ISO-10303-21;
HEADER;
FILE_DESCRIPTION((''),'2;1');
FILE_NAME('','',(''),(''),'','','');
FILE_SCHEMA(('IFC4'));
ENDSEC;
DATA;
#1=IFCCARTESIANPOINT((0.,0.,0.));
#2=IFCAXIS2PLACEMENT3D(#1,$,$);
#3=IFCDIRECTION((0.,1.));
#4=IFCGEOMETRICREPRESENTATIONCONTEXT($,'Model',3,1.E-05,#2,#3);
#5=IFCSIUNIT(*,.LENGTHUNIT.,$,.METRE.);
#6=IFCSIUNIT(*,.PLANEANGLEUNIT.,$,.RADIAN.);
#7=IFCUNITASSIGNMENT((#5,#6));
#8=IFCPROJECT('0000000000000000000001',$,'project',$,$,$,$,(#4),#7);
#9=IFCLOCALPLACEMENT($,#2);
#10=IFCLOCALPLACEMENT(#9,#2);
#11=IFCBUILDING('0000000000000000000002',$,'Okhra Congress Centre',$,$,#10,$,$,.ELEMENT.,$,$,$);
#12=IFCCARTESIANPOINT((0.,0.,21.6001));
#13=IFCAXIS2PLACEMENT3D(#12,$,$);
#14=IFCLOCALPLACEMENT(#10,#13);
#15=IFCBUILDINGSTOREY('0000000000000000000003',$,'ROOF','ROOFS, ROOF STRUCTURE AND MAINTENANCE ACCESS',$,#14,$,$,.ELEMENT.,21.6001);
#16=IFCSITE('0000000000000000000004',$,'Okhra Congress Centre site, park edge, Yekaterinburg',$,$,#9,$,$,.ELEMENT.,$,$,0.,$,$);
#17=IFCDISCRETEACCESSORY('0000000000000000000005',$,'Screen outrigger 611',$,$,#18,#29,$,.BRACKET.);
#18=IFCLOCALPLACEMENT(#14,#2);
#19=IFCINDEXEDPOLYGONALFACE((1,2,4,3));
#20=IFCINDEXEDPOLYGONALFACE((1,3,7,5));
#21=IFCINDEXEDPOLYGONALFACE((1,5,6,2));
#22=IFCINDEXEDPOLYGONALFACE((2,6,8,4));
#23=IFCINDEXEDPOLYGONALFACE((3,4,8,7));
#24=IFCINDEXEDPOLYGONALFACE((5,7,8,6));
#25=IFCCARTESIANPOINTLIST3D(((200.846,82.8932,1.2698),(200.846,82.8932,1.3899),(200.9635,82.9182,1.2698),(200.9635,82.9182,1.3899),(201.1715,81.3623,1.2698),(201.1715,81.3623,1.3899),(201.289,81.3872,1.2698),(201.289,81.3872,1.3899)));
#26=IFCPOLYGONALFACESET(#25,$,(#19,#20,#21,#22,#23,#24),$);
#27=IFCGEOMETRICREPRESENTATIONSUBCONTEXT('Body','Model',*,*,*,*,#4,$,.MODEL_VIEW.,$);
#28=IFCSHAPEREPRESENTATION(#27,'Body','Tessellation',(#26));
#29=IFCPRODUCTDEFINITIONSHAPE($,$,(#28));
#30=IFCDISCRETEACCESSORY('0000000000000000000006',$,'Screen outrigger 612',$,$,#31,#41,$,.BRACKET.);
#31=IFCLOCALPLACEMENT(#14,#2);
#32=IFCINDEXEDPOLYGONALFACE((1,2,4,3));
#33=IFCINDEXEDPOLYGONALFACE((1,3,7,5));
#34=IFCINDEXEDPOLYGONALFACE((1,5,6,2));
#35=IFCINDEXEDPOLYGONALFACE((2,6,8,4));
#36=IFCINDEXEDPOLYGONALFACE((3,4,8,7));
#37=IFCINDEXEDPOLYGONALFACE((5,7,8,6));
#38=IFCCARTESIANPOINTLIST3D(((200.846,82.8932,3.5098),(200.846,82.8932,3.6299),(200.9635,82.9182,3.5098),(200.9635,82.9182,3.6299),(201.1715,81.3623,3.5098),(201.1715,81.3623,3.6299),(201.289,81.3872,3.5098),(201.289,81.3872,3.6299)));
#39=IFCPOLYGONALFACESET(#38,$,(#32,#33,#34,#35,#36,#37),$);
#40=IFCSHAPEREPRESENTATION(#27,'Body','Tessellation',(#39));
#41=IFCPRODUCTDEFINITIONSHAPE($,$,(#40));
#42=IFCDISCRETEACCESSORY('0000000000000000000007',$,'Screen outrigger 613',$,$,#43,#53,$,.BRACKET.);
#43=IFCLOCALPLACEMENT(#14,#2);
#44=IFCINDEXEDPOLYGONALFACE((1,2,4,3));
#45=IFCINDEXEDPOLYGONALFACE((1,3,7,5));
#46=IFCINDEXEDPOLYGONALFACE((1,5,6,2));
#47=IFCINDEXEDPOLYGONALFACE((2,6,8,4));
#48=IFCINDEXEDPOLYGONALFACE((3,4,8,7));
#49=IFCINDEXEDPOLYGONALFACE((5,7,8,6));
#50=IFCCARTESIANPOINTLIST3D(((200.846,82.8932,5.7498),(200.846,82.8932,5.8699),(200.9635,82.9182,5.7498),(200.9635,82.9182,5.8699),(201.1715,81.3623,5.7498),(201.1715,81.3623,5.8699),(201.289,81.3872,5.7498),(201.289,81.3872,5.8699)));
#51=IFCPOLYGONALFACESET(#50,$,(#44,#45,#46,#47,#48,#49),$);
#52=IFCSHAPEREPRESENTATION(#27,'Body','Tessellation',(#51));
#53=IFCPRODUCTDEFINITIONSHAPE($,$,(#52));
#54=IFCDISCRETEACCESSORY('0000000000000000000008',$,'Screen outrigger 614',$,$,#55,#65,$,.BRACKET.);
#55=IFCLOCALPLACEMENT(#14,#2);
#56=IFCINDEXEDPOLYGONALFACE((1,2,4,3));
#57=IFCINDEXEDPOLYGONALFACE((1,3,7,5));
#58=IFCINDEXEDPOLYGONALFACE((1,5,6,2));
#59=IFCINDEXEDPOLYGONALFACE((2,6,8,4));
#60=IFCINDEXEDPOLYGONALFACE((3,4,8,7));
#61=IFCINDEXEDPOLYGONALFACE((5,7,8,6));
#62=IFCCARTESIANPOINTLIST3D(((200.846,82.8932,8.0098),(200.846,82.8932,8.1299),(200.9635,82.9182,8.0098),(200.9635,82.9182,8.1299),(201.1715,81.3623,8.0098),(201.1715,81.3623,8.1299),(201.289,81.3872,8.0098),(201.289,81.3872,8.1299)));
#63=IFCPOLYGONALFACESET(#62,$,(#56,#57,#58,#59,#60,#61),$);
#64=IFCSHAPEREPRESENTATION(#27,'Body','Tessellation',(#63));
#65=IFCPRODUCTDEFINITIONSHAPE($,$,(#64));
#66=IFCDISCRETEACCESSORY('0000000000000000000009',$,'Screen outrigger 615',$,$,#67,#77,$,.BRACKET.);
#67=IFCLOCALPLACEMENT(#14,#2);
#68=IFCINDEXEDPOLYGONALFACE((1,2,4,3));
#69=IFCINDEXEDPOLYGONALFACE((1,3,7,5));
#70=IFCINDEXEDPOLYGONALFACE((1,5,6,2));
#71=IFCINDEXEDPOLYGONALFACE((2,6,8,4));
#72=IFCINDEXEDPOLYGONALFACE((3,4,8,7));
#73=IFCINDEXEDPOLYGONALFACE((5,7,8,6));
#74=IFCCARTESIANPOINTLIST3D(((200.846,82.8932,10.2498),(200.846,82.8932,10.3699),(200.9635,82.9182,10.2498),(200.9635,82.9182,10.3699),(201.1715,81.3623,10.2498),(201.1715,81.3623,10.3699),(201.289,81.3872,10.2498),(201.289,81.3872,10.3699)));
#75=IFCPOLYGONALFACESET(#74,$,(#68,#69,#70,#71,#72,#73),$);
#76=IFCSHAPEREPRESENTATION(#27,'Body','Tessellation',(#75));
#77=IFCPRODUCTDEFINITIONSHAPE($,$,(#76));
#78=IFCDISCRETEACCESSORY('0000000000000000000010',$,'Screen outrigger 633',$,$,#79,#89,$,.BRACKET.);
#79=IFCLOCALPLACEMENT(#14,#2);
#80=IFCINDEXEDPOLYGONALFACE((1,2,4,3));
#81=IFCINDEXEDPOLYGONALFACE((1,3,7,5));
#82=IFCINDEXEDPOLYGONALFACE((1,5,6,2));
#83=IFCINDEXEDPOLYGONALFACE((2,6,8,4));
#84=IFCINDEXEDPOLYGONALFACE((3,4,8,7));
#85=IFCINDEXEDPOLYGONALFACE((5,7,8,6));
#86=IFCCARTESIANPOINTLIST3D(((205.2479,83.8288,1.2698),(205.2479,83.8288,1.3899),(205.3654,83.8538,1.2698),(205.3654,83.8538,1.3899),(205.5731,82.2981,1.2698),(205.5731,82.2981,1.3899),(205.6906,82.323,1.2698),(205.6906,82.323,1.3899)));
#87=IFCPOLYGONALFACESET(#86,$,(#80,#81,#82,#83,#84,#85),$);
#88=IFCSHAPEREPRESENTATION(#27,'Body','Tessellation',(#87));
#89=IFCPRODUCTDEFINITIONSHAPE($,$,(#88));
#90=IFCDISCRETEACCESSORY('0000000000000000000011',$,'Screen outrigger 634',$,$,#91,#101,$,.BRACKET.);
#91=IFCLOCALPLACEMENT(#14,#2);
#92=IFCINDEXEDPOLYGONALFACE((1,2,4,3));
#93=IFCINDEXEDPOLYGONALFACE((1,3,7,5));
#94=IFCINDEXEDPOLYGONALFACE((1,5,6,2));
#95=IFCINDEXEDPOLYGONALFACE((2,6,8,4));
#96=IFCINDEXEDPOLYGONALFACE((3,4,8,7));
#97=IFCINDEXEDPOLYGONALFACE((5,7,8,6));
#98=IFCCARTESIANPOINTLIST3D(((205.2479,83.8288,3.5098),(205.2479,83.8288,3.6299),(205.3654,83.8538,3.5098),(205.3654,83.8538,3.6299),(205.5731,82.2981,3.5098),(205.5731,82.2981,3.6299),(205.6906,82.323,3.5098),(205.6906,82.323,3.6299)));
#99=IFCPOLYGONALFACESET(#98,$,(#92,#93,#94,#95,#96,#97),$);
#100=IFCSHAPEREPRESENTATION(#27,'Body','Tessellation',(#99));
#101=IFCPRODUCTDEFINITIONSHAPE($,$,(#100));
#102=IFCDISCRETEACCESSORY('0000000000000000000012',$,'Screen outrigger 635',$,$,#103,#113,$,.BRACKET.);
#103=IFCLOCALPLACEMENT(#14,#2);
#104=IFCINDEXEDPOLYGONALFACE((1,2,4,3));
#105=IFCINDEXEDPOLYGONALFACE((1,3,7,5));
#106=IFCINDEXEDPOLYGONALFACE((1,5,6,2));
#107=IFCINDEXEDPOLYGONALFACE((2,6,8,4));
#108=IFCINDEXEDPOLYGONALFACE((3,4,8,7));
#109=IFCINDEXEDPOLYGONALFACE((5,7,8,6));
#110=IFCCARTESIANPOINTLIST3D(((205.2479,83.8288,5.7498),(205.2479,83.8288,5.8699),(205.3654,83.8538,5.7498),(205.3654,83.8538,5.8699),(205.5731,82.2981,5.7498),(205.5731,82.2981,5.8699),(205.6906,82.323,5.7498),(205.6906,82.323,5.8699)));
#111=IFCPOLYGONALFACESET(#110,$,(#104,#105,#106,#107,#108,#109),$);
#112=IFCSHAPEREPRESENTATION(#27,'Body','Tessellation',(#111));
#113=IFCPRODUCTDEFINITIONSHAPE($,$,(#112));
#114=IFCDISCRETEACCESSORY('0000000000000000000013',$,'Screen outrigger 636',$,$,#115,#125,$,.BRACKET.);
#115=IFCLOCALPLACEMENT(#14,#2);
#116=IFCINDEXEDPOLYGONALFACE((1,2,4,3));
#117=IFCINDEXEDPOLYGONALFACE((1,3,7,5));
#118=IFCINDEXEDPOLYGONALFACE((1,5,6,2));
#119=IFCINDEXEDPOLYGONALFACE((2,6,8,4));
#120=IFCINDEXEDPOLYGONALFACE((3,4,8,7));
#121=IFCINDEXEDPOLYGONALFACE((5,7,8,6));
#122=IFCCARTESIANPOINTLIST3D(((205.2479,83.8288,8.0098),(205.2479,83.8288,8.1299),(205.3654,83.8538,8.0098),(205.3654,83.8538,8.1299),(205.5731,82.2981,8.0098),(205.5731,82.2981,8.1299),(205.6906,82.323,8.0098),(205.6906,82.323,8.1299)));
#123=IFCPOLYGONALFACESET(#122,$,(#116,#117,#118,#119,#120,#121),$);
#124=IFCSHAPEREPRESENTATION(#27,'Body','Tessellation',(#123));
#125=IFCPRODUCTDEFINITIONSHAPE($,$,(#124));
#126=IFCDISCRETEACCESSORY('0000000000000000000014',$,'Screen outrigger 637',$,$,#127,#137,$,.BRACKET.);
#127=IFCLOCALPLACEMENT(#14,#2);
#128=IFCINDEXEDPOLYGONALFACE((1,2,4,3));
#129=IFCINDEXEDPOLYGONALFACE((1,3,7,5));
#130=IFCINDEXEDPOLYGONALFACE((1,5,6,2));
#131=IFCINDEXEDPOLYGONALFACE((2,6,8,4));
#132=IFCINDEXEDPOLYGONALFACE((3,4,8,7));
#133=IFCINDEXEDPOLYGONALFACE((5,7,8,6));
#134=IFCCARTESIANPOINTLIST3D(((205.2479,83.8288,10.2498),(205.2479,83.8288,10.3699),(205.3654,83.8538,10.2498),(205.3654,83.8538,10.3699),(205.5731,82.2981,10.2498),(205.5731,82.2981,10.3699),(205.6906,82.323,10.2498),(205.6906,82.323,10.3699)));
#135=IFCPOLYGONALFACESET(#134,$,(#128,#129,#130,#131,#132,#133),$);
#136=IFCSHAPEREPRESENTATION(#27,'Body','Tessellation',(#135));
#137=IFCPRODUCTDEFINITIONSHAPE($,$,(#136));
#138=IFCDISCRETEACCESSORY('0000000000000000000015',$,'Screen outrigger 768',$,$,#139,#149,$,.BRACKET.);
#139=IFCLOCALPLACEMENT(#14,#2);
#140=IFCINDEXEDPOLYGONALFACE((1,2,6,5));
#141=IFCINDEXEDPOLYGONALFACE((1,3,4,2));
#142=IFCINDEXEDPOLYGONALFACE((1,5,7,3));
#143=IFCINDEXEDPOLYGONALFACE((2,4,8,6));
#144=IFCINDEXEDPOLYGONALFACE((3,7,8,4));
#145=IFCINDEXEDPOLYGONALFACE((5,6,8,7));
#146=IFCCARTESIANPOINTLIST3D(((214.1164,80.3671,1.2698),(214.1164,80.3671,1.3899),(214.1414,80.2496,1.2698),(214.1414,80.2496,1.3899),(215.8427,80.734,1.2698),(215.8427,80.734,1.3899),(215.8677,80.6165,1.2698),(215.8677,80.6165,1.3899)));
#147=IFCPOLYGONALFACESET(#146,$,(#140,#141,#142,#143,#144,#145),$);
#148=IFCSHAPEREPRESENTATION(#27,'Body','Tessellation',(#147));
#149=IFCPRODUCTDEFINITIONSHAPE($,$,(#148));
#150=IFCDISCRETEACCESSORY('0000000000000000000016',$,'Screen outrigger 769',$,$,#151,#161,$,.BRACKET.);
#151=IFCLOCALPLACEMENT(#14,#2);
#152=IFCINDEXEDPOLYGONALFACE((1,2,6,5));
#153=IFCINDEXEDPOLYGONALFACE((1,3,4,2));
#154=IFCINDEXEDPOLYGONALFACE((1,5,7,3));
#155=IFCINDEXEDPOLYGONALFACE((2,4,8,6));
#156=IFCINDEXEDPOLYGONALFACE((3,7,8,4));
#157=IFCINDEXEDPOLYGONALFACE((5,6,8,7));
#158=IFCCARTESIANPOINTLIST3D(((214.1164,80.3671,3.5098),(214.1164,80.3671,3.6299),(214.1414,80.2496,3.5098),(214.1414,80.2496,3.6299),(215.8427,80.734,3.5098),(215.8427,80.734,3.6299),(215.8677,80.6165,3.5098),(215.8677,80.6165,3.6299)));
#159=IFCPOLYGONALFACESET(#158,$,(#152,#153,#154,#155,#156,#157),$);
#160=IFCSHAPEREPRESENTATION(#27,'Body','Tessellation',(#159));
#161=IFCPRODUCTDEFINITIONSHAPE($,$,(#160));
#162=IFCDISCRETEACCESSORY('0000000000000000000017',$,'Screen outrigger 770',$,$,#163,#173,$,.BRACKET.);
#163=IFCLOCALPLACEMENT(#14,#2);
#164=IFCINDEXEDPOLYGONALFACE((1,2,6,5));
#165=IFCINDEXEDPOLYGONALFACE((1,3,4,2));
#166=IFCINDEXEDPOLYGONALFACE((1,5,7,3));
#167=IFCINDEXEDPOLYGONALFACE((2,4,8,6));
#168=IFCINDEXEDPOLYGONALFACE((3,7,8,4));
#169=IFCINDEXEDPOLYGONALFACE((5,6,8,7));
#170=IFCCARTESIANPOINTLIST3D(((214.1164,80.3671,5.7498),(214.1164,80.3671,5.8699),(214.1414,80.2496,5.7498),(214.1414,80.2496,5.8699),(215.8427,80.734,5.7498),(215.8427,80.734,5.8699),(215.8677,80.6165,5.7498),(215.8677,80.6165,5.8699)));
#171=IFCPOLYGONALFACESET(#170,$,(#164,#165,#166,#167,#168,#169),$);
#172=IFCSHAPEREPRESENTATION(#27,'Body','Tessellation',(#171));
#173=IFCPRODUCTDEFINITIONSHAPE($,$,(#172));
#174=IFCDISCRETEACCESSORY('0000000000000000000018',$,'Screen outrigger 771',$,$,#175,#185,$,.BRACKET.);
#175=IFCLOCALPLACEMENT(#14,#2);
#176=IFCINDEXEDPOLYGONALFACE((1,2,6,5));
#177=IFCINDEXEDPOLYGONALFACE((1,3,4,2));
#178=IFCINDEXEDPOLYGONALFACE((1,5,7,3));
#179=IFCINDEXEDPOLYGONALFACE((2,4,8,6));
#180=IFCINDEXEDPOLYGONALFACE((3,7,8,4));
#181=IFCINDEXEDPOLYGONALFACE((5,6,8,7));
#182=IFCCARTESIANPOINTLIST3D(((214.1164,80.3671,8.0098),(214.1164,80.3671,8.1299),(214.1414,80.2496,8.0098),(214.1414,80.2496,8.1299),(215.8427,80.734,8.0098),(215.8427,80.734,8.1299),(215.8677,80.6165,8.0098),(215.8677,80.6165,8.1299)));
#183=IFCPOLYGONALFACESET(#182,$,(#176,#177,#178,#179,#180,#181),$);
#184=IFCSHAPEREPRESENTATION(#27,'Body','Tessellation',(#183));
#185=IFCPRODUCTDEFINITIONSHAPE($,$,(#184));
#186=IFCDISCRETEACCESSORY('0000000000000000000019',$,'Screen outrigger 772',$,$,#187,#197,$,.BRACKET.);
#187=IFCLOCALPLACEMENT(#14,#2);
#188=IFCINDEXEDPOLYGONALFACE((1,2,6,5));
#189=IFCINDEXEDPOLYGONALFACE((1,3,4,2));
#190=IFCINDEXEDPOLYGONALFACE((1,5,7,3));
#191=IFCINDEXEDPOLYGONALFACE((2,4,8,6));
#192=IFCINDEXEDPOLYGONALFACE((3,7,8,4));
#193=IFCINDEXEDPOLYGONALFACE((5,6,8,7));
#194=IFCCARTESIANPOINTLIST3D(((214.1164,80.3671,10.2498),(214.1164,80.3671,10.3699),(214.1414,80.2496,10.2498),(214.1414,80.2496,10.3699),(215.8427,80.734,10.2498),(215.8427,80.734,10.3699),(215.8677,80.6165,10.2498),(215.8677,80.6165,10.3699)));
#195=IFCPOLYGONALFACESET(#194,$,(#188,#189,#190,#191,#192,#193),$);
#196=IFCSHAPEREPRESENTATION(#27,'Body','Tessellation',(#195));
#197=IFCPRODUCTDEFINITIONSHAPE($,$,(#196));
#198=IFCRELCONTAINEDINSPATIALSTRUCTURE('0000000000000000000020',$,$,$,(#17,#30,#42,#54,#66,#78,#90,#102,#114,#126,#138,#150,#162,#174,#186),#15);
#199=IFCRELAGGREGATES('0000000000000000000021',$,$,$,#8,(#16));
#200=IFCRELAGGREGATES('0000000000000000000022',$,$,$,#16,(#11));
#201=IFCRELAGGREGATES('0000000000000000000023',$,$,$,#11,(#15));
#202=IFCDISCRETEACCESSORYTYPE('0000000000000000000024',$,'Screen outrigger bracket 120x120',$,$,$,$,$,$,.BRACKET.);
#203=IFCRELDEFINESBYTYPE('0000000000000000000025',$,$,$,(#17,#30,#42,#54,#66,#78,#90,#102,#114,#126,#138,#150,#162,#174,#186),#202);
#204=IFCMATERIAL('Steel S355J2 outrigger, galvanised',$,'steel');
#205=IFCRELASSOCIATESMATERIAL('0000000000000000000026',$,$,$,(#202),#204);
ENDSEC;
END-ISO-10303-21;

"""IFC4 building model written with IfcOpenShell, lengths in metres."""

from ifc_helpers import new_model, si_unit, direction, frame, origin, origin_2d, place, context, subcontext, project, spatial, rectangle, extrude, material, material_profile, profile_set, type_object, element, save


model = new_model("IFC4")

# Units and contexts
model_context = context("Model", 3, precision=1e-05, world=origin(), true_north=direction((0.0, 1.0)))
body_context = subcontext(model_context, "Body", "Model", "MODEL_VIEW")
ifc_project = project(units=[si_unit("LENGTHUNIT", "METRE"), si_unit("PLANEANGLEUNIT", "RADIAN")], contexts=[model_context])

# Site, building, storey
site_placement = place(None, origin())
site = spatial("IfcSite", under=ifc_project, at=site_placement, Name="Okhra Congress Centre site, park edge, Yekaterinburg", CompositionType="ELEMENT", RefElevation=0.0)
building_placement = place(site_placement, origin())
building = spatial("IfcBuilding", under=site, at=building_placement, Name="Okhra Congress Centre", CompositionType="ELEMENT")
storey_placement = place(building_placement, frame((0.0, 0.0, 21.6001)))
storey = spatial("IfcBuildingStorey", under=building, at=storey_placement, Name="ROOF", Description="ROOFS, ROOF STRUCTURE AND MAINTENANCE ACCESS", CompositionType="ELEMENT", Elevation=21.6001)

# Discrete accessories
ifc_material_1 = material(Name="Steel S355J2 outrigger, galvanised", Category="steel")
ifc_material_profile_1 = material_profile(ifc_material_1, rectangle(XDim=0.1201, YDim=0.1201, at=origin_2d()), Name="Screen outrigger bracket 120x120")
ifc_profile_set_1 = profile_set([ifc_material_profile_1], Name="Steel S355J2 outrigger, galvanised")
discrete_accessory_type = type_object("IfcDiscreteAccessoryType", Name="Screen outrigger bracket 120x120", PredefinedType="BRACKET", material=ifc_profile_set_1)
for number, where, z_axis, x_axis, name in (
    (1, (201.2302, 81.3748, 1.3298), (-0.20792, 0.978146, 0.0), (-0.978146, -0.20792, 0.0), "Screen outrigger 611"),
    (2, (201.2302, 81.3748, 3.5698), (-0.20792, 0.978146, 0.0), (-0.978146, -0.20792, 0.0), "Screen outrigger 612"),
    (3, (201.2302, 81.3748, 5.8098), (-0.20792, 0.978146, 0.0), (-0.978146, -0.20792, 0.0), "Screen outrigger 613"),
    (4, (201.2302, 81.3748, 8.0698), (-0.20792, 0.978146, 0.0), (-0.978146, -0.20792, 0.0), "Screen outrigger 614"),
    (5, (201.2302, 81.3748, 10.3098), (-0.20792, 0.978146, 0.0), (-0.978146, -0.20792, 0.0), "Screen outrigger 615"),
):
    element("IfcDiscreteAccessory", number, at=place(storey_placement, frame(where, z_axis=z_axis, x_axis=x_axis)), inside=storey, type_object=discrete_accessory_type, Name=name, PredefinedType="BRACKET", context=body_context, shape_type="SweptSolid", body=[
        extrude(rectangle(XDim=0.1201, YDim=0.1201, at=origin_2d()), origin(), (0.0, 0.0, 1.0), 1.5652),
    ])
for number, where, z_axis, x_axis, name in (
    (6, (205.6318, 82.3105, 1.3298), (-0.207803, 0.978171, 0.0), (-0.978171, -0.207803, 0.0), "Screen outrigger 633"),
    (7, (205.6318, 82.3105, 3.5698), (-0.207803, 0.978171, 0.0), (-0.978171, -0.207803, 0.0), "Screen outrigger 634"),
    (8, (205.6318, 82.3105, 5.8098), (-0.207803, 0.978171, 0.0), (-0.978171, -0.207803, 0.0), "Screen outrigger 635"),
    (9, (205.6318, 82.3105, 8.0698), (-0.207803, 0.978171, 0.0), (-0.978171, -0.207803, 0.0), "Screen outrigger 636"),
    (10, (205.6318, 82.3105, 10.3098), (-0.207803, 0.978171, 0.0), (-0.978171, -0.207803, 0.0), "Screen outrigger 637"),
):
    element("IfcDiscreteAccessory", number, at=place(storey_placement, frame(where, z_axis=z_axis, x_axis=x_axis)), inside=storey, type_object=discrete_accessory_type, Name=name, PredefinedType="BRACKET", context=body_context, shape_type="SweptSolid", body=[
        extrude(rectangle(XDim=0.1201, YDim=0.1201, at=origin_2d()), origin(), (0.0, 0.0, 1.0), 1.5649),
    ])
for number, where, z_axis, x_axis, name in (
    (11, (214.1289, 80.3083, 1.3298), (0.978147, 0.207913, 0.0), (-0.207913, 0.978147, 0.0), "Screen outrigger 768"),
    (12, (214.1289, 80.3083, 3.5698), (0.978147, 0.207913, 0.0), (-0.207913, 0.978147, 0.0), "Screen outrigger 769"),
    (13, (214.1289, 80.3083, 5.8098), (0.978147, 0.207913, 0.0), (-0.207913, 0.978147, 0.0), "Screen outrigger 770"),
    (14, (214.1289, 80.3083, 8.0698), (0.978147, 0.207913, 0.0), (-0.207913, 0.978147, 0.0), "Screen outrigger 771"),
    (15, (214.1289, 80.3083, 10.3098), (0.978147, 0.207913, 0.0), (-0.207913, 0.978147, 0.0), "Screen outrigger 772"),
):
    element("IfcDiscreteAccessory", number, at=place(storey_placement, frame(where, z_axis=z_axis, x_axis=x_axis)), inside=storey, type_object=discrete_accessory_type, Name=name, PredefinedType="BRACKET", context=body_context, shape_type="SweptSolid", body=[
        extrude(rectangle(XDim=0.1201, YDim=0.1201, at=origin_2d()), origin(), (0.0, 0.0, 1.0), 1.7649),
    ])

save(model, "model.ifc")
